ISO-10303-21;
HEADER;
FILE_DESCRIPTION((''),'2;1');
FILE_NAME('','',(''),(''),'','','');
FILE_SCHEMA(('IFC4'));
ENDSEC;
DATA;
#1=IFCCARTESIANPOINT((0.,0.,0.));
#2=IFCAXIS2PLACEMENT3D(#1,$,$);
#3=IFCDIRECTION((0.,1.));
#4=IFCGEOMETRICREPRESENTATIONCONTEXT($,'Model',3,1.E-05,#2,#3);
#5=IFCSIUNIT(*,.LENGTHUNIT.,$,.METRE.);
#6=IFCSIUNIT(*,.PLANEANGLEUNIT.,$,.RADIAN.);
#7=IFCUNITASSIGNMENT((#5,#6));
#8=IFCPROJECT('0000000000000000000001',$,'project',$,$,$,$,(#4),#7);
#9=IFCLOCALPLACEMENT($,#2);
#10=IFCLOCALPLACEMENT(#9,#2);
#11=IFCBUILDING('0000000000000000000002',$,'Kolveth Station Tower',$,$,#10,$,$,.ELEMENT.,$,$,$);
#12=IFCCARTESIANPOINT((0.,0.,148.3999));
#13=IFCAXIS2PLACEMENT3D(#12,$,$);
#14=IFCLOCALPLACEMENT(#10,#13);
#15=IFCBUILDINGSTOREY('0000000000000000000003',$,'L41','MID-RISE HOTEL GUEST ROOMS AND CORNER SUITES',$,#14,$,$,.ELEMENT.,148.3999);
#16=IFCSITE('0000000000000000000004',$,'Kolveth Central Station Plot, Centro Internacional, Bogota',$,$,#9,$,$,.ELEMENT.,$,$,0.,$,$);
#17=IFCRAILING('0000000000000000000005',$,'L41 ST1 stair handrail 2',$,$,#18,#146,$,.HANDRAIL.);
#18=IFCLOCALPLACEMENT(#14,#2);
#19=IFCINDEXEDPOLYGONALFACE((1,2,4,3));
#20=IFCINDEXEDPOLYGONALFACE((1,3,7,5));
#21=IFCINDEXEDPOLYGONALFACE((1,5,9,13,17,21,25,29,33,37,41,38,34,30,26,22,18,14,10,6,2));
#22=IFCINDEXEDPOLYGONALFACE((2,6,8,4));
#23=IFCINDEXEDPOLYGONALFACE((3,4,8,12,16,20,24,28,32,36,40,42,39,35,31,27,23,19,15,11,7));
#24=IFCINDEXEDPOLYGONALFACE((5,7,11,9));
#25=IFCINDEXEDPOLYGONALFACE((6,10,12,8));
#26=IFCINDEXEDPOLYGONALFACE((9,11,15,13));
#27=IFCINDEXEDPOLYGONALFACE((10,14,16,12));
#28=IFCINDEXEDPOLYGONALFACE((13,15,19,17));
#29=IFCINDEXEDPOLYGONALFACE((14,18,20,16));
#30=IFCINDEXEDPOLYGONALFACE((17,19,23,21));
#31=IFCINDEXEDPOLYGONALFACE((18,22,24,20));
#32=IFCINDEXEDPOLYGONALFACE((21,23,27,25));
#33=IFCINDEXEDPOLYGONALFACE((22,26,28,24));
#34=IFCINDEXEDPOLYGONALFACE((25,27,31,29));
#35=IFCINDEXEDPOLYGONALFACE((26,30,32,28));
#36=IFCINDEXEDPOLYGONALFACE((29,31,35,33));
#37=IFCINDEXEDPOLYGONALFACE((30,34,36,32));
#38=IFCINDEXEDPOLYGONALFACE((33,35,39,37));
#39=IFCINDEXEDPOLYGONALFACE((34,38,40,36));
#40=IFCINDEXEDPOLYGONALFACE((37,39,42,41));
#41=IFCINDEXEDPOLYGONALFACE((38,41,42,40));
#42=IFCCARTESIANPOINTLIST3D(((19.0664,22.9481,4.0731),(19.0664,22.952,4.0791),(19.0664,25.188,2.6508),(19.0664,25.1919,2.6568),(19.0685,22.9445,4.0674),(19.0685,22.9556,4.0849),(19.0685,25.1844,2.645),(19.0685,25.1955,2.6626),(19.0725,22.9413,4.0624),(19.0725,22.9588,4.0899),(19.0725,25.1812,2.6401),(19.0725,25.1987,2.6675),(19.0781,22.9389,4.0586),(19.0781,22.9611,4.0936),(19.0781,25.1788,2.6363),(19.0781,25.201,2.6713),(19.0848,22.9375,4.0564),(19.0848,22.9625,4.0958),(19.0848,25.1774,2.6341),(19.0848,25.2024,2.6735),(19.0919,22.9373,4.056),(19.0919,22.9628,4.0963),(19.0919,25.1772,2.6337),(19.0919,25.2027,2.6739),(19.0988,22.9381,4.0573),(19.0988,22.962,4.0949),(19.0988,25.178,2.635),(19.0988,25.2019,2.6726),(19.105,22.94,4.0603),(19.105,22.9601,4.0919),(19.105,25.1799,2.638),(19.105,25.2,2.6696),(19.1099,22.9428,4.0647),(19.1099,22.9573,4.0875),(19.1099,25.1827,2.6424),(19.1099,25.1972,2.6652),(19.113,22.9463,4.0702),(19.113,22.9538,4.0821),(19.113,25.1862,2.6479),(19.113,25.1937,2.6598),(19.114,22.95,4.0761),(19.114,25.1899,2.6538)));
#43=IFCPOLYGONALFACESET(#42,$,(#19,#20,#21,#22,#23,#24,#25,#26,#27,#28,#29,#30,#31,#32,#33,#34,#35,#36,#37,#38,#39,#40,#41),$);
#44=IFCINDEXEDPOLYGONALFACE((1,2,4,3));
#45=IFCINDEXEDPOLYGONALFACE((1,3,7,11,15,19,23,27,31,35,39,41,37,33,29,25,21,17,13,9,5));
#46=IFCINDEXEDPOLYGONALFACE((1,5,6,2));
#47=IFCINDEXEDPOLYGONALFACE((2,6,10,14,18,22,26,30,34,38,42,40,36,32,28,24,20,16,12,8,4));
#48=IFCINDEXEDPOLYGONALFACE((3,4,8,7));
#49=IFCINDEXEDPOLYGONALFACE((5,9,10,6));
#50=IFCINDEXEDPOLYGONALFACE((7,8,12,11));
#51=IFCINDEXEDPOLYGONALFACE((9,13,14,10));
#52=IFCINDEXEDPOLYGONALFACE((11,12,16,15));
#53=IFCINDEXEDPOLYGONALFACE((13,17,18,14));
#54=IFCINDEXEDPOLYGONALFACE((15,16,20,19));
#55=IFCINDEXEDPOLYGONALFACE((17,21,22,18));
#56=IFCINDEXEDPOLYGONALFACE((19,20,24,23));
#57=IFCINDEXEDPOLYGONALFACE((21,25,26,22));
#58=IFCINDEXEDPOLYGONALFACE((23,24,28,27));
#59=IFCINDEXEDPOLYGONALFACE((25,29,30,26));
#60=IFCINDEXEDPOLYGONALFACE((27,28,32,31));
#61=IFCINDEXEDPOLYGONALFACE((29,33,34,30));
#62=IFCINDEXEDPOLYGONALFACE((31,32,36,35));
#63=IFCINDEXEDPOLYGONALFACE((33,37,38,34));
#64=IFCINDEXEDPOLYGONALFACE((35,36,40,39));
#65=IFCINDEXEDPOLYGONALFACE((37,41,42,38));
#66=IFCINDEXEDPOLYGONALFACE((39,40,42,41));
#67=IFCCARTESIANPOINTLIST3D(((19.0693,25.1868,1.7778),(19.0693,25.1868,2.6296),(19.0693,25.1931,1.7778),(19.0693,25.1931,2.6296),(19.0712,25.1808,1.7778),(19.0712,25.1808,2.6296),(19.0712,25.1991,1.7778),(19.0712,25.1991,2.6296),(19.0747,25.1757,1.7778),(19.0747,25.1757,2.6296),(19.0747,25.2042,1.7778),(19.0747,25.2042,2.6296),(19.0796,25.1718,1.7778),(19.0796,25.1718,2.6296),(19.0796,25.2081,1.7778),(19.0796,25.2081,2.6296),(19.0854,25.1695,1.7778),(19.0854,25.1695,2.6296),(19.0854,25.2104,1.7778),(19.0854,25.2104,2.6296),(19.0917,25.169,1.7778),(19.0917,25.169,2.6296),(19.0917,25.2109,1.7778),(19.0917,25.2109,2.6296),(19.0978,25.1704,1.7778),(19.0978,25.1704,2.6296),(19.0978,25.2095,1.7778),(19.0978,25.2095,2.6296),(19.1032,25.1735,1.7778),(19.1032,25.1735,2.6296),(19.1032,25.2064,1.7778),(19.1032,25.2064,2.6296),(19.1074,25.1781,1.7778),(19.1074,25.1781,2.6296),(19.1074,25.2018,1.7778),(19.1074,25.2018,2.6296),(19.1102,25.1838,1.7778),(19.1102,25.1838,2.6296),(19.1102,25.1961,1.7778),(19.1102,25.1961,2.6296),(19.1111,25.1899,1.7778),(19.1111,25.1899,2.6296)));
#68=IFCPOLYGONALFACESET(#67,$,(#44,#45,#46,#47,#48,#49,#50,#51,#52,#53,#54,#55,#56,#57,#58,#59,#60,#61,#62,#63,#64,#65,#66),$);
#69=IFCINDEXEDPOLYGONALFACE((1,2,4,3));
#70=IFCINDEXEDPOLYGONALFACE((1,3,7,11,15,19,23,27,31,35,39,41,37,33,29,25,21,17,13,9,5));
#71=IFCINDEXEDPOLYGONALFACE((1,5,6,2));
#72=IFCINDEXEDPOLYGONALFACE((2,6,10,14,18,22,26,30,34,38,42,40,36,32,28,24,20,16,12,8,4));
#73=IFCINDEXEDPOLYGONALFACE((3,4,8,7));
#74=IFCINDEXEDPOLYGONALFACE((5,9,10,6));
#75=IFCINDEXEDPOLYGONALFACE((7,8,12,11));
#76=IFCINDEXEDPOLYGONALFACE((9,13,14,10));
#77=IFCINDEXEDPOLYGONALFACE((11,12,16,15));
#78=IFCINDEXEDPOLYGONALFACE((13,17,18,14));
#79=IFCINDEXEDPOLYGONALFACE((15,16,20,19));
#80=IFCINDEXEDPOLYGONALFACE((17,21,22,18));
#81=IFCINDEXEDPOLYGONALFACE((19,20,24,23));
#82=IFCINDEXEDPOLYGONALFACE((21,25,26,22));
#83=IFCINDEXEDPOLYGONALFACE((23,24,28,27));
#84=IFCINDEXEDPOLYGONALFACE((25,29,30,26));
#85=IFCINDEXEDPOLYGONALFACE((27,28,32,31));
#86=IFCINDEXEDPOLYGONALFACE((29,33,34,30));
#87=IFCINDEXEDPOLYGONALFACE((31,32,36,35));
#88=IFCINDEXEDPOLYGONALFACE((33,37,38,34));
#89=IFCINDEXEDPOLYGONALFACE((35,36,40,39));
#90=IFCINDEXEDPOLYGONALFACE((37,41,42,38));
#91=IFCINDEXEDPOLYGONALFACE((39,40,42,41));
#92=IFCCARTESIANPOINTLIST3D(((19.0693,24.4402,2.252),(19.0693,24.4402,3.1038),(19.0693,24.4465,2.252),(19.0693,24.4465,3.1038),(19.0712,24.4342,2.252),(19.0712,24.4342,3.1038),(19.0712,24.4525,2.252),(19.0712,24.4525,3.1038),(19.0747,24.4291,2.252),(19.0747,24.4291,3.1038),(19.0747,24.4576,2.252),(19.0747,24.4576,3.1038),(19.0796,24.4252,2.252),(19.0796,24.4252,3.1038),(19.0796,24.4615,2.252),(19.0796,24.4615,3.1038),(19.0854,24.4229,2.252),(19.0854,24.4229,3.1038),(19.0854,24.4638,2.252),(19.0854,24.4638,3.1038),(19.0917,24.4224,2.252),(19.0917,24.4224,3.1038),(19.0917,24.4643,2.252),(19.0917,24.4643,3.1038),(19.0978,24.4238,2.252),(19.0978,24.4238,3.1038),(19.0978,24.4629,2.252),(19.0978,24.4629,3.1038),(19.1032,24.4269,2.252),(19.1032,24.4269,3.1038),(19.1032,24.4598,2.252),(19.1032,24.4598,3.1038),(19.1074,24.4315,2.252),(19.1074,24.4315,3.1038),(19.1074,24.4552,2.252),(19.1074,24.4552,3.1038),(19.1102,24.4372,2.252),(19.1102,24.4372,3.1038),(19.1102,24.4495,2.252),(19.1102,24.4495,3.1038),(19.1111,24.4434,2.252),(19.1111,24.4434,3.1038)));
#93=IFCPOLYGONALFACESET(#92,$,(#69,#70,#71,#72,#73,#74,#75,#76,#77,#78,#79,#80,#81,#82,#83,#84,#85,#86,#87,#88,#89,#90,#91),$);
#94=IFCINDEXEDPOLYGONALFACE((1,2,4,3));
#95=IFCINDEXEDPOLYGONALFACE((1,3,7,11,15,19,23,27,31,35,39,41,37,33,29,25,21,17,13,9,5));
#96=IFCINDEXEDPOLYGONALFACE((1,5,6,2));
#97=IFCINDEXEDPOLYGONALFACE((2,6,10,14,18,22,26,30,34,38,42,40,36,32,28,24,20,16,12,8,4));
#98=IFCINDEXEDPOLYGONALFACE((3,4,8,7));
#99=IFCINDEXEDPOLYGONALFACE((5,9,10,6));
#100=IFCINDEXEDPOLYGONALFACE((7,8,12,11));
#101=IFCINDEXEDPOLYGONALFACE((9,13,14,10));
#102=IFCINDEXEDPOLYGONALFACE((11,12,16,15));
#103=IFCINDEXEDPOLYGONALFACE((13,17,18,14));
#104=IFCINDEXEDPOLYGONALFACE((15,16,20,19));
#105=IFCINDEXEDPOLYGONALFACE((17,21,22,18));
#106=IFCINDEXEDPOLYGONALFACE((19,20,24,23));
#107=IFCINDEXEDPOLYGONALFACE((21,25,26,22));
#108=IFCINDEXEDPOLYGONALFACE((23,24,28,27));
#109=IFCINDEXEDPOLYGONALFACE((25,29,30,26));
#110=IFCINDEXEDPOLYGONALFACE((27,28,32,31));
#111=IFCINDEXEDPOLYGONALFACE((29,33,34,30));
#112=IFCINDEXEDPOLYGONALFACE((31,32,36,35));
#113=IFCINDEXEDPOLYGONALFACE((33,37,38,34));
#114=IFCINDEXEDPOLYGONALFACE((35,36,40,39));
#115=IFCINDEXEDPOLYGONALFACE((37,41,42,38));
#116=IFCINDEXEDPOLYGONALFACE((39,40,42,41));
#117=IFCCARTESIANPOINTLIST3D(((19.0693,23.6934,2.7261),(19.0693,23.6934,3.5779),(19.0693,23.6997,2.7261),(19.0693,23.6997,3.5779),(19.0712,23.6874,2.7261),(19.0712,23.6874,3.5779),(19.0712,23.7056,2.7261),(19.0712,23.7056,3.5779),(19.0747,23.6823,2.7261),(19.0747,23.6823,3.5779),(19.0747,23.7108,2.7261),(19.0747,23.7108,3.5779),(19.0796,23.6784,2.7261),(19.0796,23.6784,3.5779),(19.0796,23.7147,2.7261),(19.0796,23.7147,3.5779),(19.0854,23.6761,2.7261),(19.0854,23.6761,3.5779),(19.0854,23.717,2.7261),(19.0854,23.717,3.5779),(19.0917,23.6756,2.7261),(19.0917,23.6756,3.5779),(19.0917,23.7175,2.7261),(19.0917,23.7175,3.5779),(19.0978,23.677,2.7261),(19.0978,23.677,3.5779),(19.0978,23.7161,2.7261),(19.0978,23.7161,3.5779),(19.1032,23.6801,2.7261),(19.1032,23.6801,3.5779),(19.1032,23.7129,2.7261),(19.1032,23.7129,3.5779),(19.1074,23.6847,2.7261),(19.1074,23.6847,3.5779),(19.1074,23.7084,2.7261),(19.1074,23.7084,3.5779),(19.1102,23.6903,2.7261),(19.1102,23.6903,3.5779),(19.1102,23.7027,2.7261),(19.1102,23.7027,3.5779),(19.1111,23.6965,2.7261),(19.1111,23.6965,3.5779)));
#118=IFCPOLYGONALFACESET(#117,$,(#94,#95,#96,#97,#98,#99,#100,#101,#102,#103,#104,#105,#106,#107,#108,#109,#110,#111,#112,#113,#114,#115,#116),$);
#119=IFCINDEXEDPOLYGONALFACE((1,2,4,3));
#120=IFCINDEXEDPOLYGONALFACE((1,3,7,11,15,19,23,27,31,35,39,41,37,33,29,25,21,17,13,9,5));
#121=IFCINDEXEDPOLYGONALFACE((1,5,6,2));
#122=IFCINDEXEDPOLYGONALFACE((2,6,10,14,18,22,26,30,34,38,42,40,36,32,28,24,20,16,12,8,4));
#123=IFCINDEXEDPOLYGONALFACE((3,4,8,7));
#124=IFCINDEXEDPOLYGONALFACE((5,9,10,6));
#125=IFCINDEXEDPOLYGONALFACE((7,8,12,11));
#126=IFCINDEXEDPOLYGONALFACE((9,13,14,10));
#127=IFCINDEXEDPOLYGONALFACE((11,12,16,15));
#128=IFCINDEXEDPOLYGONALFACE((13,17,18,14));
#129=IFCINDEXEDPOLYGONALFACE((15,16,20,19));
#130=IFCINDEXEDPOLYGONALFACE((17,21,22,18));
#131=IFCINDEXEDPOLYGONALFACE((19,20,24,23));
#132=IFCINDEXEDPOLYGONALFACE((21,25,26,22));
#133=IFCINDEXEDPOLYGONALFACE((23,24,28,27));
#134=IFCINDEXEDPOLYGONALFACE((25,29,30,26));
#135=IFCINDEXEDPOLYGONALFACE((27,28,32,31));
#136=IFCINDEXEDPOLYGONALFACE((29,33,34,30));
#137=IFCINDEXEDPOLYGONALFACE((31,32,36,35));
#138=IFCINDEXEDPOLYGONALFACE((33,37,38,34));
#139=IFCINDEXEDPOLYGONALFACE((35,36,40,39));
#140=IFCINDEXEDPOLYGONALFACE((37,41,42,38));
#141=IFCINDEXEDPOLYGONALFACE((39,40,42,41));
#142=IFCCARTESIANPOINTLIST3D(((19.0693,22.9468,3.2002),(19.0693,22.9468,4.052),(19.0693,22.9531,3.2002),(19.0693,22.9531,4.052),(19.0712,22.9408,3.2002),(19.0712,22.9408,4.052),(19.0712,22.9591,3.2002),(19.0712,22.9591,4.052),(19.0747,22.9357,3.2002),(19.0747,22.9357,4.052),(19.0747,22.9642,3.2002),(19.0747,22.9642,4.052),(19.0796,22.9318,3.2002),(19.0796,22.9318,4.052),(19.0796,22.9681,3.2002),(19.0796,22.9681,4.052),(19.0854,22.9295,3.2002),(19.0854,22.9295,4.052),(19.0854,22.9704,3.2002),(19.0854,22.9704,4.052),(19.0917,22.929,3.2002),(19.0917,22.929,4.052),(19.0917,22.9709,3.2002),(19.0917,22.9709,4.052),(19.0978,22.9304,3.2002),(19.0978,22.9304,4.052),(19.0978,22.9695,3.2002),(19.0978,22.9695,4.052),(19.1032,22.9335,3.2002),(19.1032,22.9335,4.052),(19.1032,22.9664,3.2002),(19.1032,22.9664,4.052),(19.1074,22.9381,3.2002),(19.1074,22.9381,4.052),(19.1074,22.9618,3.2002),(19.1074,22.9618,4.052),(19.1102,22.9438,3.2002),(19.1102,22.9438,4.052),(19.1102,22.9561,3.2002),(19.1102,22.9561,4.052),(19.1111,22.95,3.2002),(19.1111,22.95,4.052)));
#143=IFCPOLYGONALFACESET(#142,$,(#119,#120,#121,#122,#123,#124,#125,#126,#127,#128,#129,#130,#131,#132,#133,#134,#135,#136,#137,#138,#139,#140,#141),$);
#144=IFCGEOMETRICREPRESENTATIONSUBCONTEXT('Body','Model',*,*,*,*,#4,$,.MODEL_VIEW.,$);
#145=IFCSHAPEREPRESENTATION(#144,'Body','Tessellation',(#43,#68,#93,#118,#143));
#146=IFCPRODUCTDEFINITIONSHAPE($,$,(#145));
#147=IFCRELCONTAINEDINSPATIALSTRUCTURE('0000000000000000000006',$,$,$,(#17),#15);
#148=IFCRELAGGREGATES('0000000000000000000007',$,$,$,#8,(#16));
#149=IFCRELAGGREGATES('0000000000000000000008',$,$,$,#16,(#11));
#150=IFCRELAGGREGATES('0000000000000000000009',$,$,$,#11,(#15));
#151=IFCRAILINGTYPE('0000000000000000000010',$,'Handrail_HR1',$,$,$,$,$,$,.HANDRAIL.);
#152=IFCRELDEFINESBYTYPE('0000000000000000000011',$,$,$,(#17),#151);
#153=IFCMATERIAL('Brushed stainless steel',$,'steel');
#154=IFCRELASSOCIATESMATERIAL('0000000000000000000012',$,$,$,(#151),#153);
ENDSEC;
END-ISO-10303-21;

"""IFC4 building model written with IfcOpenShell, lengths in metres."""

from ifc_helpers import new_model, si_unit, direction, frame, origin, origin_2d, place, context, subcontext, project, spatial, circle, extrude, material, type_object, element, save


model = new_model("IFC4")

# Units and contexts
model_context = context("Model", 3, precision=1e-05, world=origin(), true_north=direction((0.0, 1.0)))
body_context = subcontext(model_context, "Body", "Model", "MODEL_VIEW")
ifc_project = project(units=[si_unit("LENGTHUNIT", "METRE"), si_unit("PLANEANGLEUNIT", "RADIAN")], contexts=[model_context])

# Site, building, storey
site_placement = place(None, origin())
site = spatial("IfcSite", under=ifc_project, at=site_placement, Name="Kolveth Central Station Plot, Centro Internacional, Bogota", CompositionType="ELEMENT", RefElevation=0.0)
building_placement = place(site_placement, origin())
building = spatial("IfcBuilding", under=site, at=building_placement, Name="Kolveth Station Tower", CompositionType="ELEMENT")
storey_placement = place(building_placement, frame((0.0, 0.0, 148.3999)))
storey = spatial("IfcBuildingStorey", under=building, at=storey_placement, Name="L41", Description="MID-RISE HOTEL GUEST ROOMS AND CORNER SUITES", CompositionType="ELEMENT", Elevation=148.3999)

# Railing
ifc_material_1 = material(Name="Brushed stainless steel", Category="steel")
railing_type_1 = type_object("IfcRailingType", Name="Handrail_HR1", PredefinedType="HANDRAIL", material=ifc_material_1)
railing_1_placement = place(storey_placement, frame((19.0901, 25.1899, 1.7778)))
element("IfcRailing", 1, at=railing_1_placement, inside=storey, type_object=railing_type_1, Name="L41 ST1 stair handrail 2", PredefinedType="HANDRAIL", context=body_context, shape_type="SweptSolid", body=[
    extrude(circle(Radius=0.0239, at=origin_2d()), frame((0.0, 0.0, 0.876), z_axis=(0.0, -0.844188, 0.536048), x_axis=(1.0, 0.0, 0.0)), (0.0, 0.0, 1.0), 2.6533),
    extrude(circle(Radius=0.021, at=origin_2d()), origin(), (0.0, 0.0, 1.0), 0.8518),
    extrude(circle(Radius=0.021, at=origin_2d()), frame((0.0, -0.7466, 0.4741)), (0.0, 0.0, 1.0), 0.8518),
    extrude(circle(Radius=0.021, at=origin_2d()), frame((0.0, -1.4934, 0.9482)), (0.0, 0.0, 1.0), 0.8518),
    extrude(circle(Radius=0.021, at=origin_2d()), frame((0.0, -2.24, 1.4224)), (0.0, 0.0, 1.0), 0.8518),
])

save(model, "model.ifc")
